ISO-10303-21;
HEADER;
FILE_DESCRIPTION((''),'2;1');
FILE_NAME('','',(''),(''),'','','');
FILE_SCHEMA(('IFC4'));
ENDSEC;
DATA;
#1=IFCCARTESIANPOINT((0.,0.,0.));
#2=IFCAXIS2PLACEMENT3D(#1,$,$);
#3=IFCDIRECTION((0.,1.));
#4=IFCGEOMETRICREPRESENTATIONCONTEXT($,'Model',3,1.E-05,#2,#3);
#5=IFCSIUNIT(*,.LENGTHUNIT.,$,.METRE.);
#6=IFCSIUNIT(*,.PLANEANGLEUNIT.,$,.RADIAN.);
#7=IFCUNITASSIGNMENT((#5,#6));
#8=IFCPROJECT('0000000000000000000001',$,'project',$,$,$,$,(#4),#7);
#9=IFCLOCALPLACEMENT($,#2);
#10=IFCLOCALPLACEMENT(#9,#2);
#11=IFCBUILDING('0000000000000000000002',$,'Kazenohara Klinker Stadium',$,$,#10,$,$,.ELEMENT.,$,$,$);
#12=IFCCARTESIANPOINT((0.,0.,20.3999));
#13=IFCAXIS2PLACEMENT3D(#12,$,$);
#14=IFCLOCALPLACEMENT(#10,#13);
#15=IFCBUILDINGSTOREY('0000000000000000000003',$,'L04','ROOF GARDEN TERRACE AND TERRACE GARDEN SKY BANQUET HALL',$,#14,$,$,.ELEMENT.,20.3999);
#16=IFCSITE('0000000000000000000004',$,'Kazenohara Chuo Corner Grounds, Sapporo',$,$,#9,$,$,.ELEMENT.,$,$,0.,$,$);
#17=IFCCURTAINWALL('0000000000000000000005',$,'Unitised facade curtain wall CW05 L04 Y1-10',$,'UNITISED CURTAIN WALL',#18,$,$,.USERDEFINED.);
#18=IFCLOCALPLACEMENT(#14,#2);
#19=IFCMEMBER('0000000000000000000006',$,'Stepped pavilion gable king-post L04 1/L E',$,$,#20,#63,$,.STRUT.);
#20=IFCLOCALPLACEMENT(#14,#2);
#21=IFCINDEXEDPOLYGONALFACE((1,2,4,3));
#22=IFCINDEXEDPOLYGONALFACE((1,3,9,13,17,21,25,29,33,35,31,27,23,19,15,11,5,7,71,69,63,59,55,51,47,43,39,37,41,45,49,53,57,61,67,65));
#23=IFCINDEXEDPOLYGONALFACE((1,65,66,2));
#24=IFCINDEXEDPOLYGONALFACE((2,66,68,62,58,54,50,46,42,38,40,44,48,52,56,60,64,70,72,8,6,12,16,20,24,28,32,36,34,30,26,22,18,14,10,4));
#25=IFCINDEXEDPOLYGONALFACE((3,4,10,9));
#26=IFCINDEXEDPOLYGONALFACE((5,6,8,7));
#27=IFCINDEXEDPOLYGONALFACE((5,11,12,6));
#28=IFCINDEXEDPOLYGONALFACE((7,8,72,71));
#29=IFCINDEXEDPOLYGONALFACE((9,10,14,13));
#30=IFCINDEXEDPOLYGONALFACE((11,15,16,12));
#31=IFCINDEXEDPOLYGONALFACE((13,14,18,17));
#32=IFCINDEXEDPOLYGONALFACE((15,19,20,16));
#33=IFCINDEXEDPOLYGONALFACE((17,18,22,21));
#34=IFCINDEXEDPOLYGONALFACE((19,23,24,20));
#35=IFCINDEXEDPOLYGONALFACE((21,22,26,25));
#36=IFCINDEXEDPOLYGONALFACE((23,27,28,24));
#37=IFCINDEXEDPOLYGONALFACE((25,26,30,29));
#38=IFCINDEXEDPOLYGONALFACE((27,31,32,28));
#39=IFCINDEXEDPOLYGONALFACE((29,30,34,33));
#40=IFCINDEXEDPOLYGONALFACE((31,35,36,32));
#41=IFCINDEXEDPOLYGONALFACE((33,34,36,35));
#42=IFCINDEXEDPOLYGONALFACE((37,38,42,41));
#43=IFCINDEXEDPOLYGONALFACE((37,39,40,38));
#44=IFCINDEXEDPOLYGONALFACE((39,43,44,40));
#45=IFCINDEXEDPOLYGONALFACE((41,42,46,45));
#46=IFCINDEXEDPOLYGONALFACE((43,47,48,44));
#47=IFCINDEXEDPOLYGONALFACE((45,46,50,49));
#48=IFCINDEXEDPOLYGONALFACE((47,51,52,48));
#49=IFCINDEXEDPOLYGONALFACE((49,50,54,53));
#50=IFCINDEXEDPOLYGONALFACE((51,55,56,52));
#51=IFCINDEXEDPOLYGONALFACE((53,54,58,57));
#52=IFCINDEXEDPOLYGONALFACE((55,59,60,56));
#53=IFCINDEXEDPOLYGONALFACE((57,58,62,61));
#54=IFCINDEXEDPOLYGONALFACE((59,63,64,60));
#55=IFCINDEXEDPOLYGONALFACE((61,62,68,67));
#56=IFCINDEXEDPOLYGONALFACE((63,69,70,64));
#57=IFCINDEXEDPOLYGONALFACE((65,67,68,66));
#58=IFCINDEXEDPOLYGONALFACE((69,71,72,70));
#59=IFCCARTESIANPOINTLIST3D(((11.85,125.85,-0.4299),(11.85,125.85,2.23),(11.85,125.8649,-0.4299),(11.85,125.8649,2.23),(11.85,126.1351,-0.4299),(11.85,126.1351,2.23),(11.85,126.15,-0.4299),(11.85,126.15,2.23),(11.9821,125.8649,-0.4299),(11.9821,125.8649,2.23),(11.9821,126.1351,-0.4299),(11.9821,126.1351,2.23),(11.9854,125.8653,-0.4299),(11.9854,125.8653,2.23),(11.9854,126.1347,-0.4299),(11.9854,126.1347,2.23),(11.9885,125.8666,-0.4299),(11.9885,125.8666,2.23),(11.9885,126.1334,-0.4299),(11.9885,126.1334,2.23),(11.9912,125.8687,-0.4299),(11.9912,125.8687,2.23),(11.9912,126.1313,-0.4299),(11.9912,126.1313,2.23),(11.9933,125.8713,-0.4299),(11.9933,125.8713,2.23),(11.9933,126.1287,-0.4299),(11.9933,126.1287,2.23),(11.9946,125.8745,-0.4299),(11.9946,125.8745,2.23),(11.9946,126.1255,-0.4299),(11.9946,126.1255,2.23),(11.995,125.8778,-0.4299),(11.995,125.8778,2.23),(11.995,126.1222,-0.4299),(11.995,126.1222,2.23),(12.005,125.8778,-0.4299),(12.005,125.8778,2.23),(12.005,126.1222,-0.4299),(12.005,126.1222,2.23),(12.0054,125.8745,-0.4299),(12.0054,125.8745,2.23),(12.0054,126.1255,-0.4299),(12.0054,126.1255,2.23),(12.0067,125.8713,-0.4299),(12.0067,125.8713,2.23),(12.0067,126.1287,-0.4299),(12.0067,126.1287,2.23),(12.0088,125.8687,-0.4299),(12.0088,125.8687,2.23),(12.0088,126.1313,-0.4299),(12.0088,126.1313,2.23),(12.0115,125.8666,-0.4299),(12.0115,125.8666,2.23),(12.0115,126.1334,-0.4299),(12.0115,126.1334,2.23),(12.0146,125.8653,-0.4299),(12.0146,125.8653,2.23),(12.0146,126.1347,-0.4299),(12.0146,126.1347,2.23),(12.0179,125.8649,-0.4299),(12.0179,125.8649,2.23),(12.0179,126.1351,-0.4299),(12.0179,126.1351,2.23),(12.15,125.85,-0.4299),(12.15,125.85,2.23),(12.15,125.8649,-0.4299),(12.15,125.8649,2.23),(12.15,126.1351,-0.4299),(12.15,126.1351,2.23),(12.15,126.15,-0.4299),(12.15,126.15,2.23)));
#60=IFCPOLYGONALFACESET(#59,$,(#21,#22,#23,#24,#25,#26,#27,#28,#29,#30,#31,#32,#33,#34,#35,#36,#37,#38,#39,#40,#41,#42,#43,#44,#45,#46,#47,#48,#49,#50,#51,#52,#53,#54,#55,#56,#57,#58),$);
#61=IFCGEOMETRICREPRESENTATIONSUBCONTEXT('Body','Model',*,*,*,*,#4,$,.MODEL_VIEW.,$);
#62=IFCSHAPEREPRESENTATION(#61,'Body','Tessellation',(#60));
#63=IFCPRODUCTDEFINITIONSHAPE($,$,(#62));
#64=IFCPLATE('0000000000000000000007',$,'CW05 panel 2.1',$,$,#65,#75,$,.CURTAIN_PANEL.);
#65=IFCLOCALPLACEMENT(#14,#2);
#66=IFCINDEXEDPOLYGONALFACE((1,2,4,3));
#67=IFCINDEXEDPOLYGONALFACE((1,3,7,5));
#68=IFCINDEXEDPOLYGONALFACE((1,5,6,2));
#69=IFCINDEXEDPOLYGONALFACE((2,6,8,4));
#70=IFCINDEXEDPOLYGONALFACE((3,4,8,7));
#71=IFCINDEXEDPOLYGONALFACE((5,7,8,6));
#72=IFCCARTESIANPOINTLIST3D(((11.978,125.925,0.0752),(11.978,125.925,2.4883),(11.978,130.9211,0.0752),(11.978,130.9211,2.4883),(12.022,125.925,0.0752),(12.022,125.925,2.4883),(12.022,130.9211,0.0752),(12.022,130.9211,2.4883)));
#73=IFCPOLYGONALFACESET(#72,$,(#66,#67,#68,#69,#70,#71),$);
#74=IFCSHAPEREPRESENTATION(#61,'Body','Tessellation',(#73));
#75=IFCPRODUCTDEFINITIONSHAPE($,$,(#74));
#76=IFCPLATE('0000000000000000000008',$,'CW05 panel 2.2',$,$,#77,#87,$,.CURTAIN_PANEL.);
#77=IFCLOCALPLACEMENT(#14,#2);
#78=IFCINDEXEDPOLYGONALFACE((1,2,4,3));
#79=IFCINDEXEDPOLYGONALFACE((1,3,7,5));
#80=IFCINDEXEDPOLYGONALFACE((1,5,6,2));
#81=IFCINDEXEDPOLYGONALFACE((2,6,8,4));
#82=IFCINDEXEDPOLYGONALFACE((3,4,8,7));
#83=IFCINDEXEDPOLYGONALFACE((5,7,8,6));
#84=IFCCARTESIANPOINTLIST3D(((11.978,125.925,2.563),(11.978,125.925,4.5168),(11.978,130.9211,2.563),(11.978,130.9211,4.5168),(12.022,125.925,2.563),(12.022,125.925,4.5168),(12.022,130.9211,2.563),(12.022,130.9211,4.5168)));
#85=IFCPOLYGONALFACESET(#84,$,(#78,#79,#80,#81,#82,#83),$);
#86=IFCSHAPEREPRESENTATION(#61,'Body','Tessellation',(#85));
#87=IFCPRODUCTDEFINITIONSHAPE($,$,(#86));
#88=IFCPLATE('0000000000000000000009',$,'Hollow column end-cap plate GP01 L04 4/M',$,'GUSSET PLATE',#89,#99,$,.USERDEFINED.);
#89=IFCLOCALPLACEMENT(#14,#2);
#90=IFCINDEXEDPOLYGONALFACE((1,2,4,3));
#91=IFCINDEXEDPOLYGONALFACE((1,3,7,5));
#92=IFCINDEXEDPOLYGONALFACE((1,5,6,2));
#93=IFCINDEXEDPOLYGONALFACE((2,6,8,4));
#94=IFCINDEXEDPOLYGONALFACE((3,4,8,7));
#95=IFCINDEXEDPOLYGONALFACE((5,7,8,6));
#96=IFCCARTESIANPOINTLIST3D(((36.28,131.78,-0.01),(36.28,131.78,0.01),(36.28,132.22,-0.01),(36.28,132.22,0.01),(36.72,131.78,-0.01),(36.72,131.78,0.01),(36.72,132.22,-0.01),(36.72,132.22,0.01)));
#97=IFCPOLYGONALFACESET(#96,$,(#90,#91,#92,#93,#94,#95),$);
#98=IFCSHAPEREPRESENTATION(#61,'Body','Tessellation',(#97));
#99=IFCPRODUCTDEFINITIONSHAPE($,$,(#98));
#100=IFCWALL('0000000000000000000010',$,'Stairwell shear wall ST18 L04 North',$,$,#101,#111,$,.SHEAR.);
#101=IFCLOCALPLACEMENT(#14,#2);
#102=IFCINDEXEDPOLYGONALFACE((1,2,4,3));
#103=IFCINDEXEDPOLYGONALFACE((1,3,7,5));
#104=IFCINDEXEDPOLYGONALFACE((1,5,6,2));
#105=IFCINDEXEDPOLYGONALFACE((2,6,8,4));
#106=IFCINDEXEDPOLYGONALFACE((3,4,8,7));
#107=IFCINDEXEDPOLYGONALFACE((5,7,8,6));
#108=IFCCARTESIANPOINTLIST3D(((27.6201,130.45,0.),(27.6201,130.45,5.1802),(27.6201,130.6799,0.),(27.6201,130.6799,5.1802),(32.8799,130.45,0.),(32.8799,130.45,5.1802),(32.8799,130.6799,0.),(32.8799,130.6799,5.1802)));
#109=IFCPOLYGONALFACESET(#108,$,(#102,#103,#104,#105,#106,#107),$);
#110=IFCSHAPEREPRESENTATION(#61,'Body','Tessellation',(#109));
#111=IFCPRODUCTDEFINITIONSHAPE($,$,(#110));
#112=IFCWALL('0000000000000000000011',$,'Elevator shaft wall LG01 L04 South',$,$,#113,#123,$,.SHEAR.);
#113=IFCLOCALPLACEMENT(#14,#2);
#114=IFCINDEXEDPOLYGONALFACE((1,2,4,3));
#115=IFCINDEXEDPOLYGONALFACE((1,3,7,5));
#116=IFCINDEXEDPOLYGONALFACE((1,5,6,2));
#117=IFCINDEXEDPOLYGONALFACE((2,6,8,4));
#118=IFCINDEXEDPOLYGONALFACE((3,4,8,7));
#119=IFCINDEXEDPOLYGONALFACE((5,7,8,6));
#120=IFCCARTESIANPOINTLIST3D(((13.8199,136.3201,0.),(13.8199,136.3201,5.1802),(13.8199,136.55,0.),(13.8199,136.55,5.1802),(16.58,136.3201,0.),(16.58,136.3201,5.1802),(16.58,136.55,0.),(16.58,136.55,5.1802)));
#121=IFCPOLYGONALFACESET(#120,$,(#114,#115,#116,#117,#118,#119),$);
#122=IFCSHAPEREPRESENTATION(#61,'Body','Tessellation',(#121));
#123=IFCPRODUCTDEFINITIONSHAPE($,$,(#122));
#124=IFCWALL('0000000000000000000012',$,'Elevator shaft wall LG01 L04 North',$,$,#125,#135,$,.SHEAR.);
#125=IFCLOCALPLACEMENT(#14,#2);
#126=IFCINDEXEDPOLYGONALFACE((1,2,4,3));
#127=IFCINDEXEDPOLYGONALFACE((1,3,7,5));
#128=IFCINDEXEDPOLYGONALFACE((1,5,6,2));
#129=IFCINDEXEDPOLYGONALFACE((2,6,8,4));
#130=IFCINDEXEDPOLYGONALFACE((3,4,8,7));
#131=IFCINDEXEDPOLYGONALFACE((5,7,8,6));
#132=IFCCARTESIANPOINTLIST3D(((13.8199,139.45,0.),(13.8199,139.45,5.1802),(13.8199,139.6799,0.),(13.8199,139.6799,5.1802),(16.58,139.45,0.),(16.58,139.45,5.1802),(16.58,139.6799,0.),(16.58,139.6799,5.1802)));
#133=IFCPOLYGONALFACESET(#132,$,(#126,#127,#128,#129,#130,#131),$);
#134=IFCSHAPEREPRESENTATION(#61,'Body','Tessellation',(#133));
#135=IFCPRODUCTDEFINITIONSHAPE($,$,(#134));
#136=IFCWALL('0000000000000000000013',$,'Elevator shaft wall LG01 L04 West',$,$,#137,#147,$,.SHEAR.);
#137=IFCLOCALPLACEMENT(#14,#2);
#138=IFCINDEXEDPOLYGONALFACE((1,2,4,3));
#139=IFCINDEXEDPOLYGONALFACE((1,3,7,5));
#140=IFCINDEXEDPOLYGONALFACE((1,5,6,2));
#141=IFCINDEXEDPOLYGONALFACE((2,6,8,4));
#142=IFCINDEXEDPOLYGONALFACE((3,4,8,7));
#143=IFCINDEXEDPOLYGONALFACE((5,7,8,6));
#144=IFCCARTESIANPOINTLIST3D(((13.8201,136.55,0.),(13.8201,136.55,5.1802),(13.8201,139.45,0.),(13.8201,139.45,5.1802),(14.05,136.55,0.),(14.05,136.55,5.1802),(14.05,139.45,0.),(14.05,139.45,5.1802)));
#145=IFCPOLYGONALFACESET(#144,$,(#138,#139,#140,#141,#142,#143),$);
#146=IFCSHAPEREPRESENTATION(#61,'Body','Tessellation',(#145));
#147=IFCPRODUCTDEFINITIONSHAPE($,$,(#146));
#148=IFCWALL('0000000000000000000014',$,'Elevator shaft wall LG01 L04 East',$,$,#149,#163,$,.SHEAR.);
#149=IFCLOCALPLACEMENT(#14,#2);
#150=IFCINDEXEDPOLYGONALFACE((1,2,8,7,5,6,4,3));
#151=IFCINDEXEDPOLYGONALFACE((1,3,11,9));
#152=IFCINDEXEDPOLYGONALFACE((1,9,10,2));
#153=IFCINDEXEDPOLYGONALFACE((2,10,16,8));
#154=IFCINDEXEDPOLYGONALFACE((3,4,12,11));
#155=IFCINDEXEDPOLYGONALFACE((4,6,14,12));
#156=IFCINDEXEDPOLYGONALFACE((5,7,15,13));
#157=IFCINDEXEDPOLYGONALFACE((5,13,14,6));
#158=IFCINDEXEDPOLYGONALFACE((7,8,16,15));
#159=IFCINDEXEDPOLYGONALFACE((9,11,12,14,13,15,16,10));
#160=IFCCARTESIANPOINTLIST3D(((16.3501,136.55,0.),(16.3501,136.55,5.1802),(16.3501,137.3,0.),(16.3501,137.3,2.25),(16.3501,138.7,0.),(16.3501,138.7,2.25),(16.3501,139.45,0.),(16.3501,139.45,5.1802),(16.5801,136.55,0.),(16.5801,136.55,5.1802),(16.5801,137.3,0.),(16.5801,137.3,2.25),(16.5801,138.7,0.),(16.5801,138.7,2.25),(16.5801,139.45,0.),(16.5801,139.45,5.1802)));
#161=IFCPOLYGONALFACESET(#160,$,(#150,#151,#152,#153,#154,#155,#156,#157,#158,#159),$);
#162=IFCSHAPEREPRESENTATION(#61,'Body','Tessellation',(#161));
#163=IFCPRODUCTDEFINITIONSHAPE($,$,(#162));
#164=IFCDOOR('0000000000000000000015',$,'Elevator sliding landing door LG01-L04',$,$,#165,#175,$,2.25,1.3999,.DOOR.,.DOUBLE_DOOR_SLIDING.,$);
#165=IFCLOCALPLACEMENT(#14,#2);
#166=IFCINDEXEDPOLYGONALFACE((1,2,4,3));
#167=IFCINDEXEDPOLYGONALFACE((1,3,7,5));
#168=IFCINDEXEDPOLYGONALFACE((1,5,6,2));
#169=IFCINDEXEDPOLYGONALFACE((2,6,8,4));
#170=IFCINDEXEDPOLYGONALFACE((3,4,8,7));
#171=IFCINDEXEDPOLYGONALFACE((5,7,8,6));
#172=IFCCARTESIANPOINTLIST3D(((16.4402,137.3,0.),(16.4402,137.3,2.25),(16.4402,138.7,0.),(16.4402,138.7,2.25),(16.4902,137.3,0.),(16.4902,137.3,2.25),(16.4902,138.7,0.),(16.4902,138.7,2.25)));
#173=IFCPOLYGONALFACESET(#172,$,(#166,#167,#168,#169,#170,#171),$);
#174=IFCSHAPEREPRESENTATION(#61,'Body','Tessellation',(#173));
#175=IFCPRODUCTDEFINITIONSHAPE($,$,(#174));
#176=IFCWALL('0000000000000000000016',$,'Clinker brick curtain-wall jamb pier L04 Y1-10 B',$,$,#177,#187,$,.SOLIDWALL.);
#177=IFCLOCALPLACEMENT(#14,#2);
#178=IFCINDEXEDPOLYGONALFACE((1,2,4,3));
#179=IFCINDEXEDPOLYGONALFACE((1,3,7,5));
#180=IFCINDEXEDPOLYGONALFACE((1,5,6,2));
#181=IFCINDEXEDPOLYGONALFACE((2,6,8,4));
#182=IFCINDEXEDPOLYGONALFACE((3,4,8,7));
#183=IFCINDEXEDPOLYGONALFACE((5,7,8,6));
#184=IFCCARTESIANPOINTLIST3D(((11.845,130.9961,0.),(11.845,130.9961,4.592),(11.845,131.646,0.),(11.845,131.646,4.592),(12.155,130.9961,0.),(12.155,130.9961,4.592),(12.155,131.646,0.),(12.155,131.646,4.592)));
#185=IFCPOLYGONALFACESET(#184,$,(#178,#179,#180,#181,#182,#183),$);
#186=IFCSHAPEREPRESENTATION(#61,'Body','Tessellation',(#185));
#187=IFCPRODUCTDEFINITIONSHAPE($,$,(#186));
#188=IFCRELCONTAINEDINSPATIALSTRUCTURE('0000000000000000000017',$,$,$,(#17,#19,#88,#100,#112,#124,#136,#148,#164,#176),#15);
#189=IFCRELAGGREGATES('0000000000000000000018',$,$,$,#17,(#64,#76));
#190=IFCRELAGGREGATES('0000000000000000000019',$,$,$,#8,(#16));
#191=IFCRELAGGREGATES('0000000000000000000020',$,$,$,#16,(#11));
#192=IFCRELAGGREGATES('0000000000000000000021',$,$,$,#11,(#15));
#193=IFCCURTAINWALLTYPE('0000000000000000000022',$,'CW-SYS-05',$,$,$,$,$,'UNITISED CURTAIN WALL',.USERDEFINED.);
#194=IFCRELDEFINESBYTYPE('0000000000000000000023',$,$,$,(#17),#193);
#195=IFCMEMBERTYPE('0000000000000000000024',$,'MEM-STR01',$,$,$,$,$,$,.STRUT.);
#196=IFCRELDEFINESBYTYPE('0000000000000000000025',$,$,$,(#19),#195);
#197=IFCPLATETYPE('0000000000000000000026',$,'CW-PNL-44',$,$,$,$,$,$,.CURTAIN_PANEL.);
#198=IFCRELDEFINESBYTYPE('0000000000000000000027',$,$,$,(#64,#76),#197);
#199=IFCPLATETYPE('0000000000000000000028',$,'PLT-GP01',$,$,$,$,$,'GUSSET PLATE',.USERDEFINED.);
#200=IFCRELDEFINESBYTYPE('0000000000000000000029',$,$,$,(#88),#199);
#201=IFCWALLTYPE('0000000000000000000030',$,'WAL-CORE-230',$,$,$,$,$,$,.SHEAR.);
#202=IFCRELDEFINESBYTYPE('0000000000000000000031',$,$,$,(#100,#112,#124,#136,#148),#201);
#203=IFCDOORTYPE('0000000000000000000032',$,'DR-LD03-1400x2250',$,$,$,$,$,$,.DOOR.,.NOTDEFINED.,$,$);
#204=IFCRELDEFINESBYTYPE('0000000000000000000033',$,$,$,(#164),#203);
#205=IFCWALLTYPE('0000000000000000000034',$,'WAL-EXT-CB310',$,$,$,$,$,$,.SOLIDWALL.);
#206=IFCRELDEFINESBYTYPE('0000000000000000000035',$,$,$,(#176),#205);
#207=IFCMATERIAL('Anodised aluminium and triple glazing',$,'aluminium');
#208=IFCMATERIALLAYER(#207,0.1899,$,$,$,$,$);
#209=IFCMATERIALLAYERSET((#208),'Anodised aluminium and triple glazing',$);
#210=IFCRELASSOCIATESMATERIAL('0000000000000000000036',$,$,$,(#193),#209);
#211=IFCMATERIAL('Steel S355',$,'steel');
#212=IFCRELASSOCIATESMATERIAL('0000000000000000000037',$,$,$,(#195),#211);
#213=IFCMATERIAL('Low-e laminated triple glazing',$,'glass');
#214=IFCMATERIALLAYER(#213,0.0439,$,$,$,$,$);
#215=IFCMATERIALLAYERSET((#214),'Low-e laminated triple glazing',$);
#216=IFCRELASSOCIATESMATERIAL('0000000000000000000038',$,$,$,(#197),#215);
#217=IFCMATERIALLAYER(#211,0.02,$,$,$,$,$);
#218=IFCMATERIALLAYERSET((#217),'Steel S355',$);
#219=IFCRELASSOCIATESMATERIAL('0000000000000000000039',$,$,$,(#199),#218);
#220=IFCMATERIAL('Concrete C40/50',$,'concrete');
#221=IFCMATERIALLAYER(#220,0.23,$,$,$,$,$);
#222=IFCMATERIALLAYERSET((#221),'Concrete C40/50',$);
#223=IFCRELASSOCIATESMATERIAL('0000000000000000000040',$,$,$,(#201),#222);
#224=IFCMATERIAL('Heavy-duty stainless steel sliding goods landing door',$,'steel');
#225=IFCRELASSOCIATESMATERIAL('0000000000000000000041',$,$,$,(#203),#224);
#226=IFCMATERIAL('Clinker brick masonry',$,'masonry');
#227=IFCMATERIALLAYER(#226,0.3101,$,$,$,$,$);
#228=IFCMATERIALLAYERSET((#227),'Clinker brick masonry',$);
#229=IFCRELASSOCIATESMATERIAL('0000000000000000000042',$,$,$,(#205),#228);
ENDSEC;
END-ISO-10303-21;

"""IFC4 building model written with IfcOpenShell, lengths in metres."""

from ifc_helpers import new_model, si_unit, direction, frame, frame_2d, origin, origin_2d, place, context, subcontext, project, spatial, rectangle, i_section, extrude, material, layer, layer_set, material_profile, profile_set, type_object, element, fill, aggregate, save


model = new_model("IFC4")

# Units and contexts
model_context = context("Model", 3, precision=1e-05, world=origin(), true_north=direction((0.0, 1.0)))
body_context = subcontext(model_context, "Body", "Model", "MODEL_VIEW")
ifc_project = project(units=[si_unit("LENGTHUNIT", "METRE"), si_unit("PLANEANGLEUNIT", "RADIAN")], contexts=[model_context])

# Site, building, storey
site_placement = place(None, origin())
site = spatial("IfcSite", under=ifc_project, at=site_placement, Name="Kazenohara Chuo Corner Grounds, Sapporo", CompositionType="ELEMENT", RefElevation=0.0)
building_placement = place(site_placement, origin())
building = spatial("IfcBuilding", under=site, at=building_placement, Name="Kazenohara Klinker Stadium", CompositionType="ELEMENT")
storey_placement = place(building_placement, frame((0.0, 0.0, 20.3999)))
storey = spatial("IfcBuildingStorey", under=building, at=storey_placement, Name="L04", Description="ROOF GARDEN TERRACE AND TERRACE GARDEN SKY BANQUET HALL", CompositionType="ELEMENT", Elevation=20.3999)

# Shared definitions
ifc_material_1 = material(Name="Concrete C40/50", Category="concrete")
ifc_material_2 = material(Name="Steel S355", Category="steel")

# Curtain wall
ifc_material_3 = material(Name="Anodised aluminium and triple glazing", Category="aluminium")
ifc_layer_1 = layer(ifc_material_3, 0.1899)
ifc_layer_set_1 = layer_set([ifc_layer_1], Name="Anodised aluminium and triple glazing")
curtain_wall_type = type_object("IfcCurtainWallType", Name="CW-SYS-05", ElementType="UNITISED CURTAIN WALL", PredefinedType="USERDEFINED", material=ifc_layer_set_1)
curtain_wall_placement = place(storey_placement, origin())
curtain_wall = element("IfcCurtainWall", 1, at=curtain_wall_placement, inside=storey, type_object=curtain_wall_type, Name="Unitised facade curtain wall CW05 L04 Y1-10", ObjectType="UNITISED CURTAIN WALL", PredefinedType="USERDEFINED")

# Member
ifc_material_profile_1 = material_profile(ifc_material_2, i_section(OverallWidth=0.3, OverallDepth=0.3, WebThickness=0.01, FlangeThickness=0.0149, FilletRadius=0.0129, at=origin_2d()), Name="H-300x300x10x15")
ifc_profile_set_1 = profile_set([ifc_material_profile_1], Name="Steel S355")
member_type_1 = type_object("IfcMemberType", Name="MEM-STR01", PredefinedType="STRUT", material=ifc_profile_set_1)
member_1_placement = place(storey_placement, frame((12.0, 126.0, -0.4299), z_axis=(0.0, 0.0, 1.0), x_axis=(1.0, 0.0, 0.0)))
element("IfcMember", 2, at=member_1_placement, inside=storey, type_object=member_type_1, Name="Stepped pavilion gable king-post L04 1/L E", PredefinedType="STRUT", context=body_context, shape_type="SweptSolid", body=[
    extrude(i_section(OverallWidth=0.3, OverallDepth=0.3, WebThickness=0.01, FlangeThickness=0.0149, FilletRadius=0.0129, at=origin_2d()), origin(), (0.0, 0.0, 1.0), 2.6599),
])

# Plates
ifc_material_4 = material(Name="Low-e laminated triple glazing", Category="glass")
ifc_layer_2 = layer(ifc_material_4, 0.0439)
ifc_layer_set_2 = layer_set([ifc_layer_2], Name="Low-e laminated triple glazing")
plate_type_1 = type_object("IfcPlateType", Name="CW-PNL-44", PredefinedType="CURTAIN_PANEL", material=ifc_layer_set_2)
plate_1_placement = place(storey_placement, frame((12.0, 128.4231, 0.0752), z_axis=(0.0, 0.0, 1.0), x_axis=(0.0, 1.0, 0.0)))
plate_1 = element("IfcPlate", 3, at=plate_1_placement, type_object=plate_type_1, Name="CW05 panel 2.1", PredefinedType="CURTAIN_PANEL", context=body_context, shape_type="SweptSolid", body=[
    extrude(rectangle(XDim=4.9961, YDim=0.0439, at=origin_2d()), origin(), (0.0, 0.0, 1.0), 2.4131),
])
plate_2_placement = place(storey_placement, frame((12.0, 128.4231, 2.563), z_axis=(0.0, 0.0, 1.0), x_axis=(0.0, 1.0, 0.0)))
plate_2 = element("IfcPlate", 4, at=plate_2_placement, type_object=plate_type_1, Name="CW05 panel 2.2", PredefinedType="CURTAIN_PANEL", context=body_context, shape_type="SweptSolid", body=[
    extrude(rectangle(XDim=4.9961, YDim=0.0439, at=origin_2d()), origin(), (0.0, 0.0, 1.0), 1.9539),
])
aggregate(curtain_wall, [plate_1, plate_2])
ifc_layer_3 = layer(ifc_material_2, 0.02)
ifc_layer_set_3 = layer_set([ifc_layer_3], Name="Steel S355")
plate_type_2 = type_object("IfcPlateType", Name="PLT-GP01", ElementType="GUSSET PLATE", PredefinedType="USERDEFINED", material=ifc_layer_set_3)
plate_3_placement = place(storey_placement, frame((36.5, 132.0, -0.01), z_axis=(0.0, 0.0, 1.0), x_axis=(1.0, 0.0, 0.0)))
element("IfcPlate", 5, at=plate_3_placement, inside=storey, type_object=plate_type_2, Name="Hollow column end-cap plate GP01 L04 4/M", ObjectType="GUSSET PLATE", PredefinedType="USERDEFINED", context=body_context, shape_type="SweptSolid", body=[
    extrude(rectangle(XDim=0.4399, YDim=0.4399, at=origin_2d()), origin(), (0.0, 0.0, 1.0), 0.02),
])

# Walls
ifc_layer_4 = layer(ifc_material_1, 0.23)
ifc_layer_set_4 = layer_set([ifc_layer_4], Name="Concrete C40/50")
wall_type_1 = type_object("IfcWallType", Name="WAL-CORE-230", PredefinedType="SHEAR", material=ifc_layer_set_4)
wall_1_placement = place(storey_placement, frame((27.6201, 130.5649, 0.0), z_axis=(0.0, 0.0, 1.0), x_axis=(1.0, 0.0, 0.0)))
element("IfcWall", 6, at=wall_1_placement, inside=storey, type_object=wall_type_1, Name="Stairwell shear wall ST18 L04 North", PredefinedType="SHEAR", context=body_context, shape_type="SweptSolid", body=[
    extrude(rectangle(XDim=5.2598, YDim=0.23, at=frame_2d((2.6299, 0.0))), origin(), (0.0, 0.0, 1.0), 5.1802),
])
for number, where, z_axis, x_axis, name in (
    (7, (13.8201, 136.4351, 0.0), (0.0, 0.0, 1.0), (1.0, 0.0, 0.0), "Elevator shaft wall LG01 L04 South"),
    (8, (13.8201, 139.5649, 0.0), (0.0, 0.0, 1.0), (1.0, 0.0, 0.0), "Elevator shaft wall LG01 L04 North"),
):
    element("IfcWall", number, at=place(storey_placement, frame(where, z_axis=z_axis, x_axis=x_axis)), inside=storey, type_object=wall_type_1, Name=name, PredefinedType="SHEAR", context=body_context, shape_type="SweptSolid", body=[
        extrude(rectangle(XDim=2.76, YDim=0.23, at=frame_2d((1.3799, 0.0))), origin(), (0.0, 0.0, 1.0), 5.1802),
    ])
wall_2_placement = place(storey_placement, frame((13.9351, 136.55, 0.0), z_axis=(0.0, 0.0, 1.0), x_axis=(0.0, 1.0, 0.0)))
element("IfcWall", 9, at=wall_2_placement, inside=storey, type_object=wall_type_1, Name="Elevator shaft wall LG01 L04 West", PredefinedType="SHEAR", context=body_context, shape_type="SweptSolid", body=[
    extrude(rectangle(XDim=2.8999, YDim=0.23, at=frame_2d((1.45, 0.0))), origin(), (0.0, 0.0, 1.0), 5.1802),
])

# Wall, opening, door
wall_3_placement = place(storey_placement, frame((16.4651, 136.55, 0.0), z_axis=(0.0, 0.0, 1.0), x_axis=(0.0, 1.0, 0.0)))
wall_3 = element("IfcWall", 10, at=wall_3_placement, inside=storey, type_object=wall_type_1, Name="Elevator shaft wall LG01 L04 East", PredefinedType="SHEAR", context=body_context, shape_type="SweptSolid", body=[
    extrude(rectangle(XDim=2.8999, YDim=0.23, at=frame_2d((1.45, 0.0))), origin(), (0.0, 0.0, 1.0), 5.1802),
])
opening_1_placement = place(wall_3_placement, frame((0.75, 0.0, 0.0)))
opening_1 = element("IfcOpeningElement", 11, at=opening_1_placement, cuts=wall_3, PredefinedType="OPENING", context=body_context, shape_type="SweptSolid", body=[
    extrude(rectangle(XDim=1.3999, YDim=2.25, at=frame_2d((0.7, 1.125))), frame((0.0, 0.125, 0.0), z_axis=(0.0, -1.0, 0.0), x_axis=(1.0, 0.0, 0.0)), (0.0, 0.0, 1.0), 0.25),
])
ifc_material_5 = material(Name="Heavy-duty stainless steel sliding goods landing door", Category="steel")
door_type_1 = type_object("IfcDoorType", Name="DR-LD03-1400x2250", OperationType="NOTDEFINED", PredefinedType="DOOR", material=ifc_material_5)
door_1_placement = place(opening_1_placement, origin())
door_1 = element("IfcDoor", 12, at=door_1_placement, inside=storey, type_object=door_type_1, Name="Elevator sliding landing door LG01-L04", OperationType="DOUBLE_DOOR_SLIDING", OverallHeight=2.25, OverallWidth=1.3999, PredefinedType="DOOR", context=body_context, shape_type="SweptSolid", body=[
    extrude(rectangle(XDim=1.3999, YDim=2.25, at=frame_2d((0.7, 1.125))), frame((0.0, 0.0249, 0.0), z_axis=(0.0, -1.0, 0.0), x_axis=(1.0, 0.0, 0.0)), (0.0, 0.0, 1.0), 0.05),
])
fill(opening_1, door_1)

# Wall
ifc_material_6 = material(Name="Clinker brick masonry", Category="masonry")
ifc_layer_5 = layer(ifc_material_6, 0.3101)
ifc_layer_set_5 = layer_set([ifc_layer_5], Name="Clinker brick masonry")
wall_type_2 = type_object("IfcWallType", Name="WAL-EXT-CB310", PredefinedType="SOLIDWALL", material=ifc_layer_set_5)
wall_4_placement = place(storey_placement, frame((12.0, 130.9961, 0.0), z_axis=(0.0, 0.0, 1.0), x_axis=(0.0, 1.0, 0.0)))
element("IfcWall", 13, at=wall_4_placement, inside=storey, type_object=wall_type_2, Name="Clinker brick curtain-wall jamb pier L04 Y1-10 B", PredefinedType="SOLIDWALL", context=body_context, shape_type="SweptSolid", body=[
    extrude(rectangle(XDim=0.6499, YDim=0.3101, at=frame_2d((0.325, 0.0))), origin(), (0.0, 0.0, 1.0), 4.592),
])

save(model, "model.ifc")
